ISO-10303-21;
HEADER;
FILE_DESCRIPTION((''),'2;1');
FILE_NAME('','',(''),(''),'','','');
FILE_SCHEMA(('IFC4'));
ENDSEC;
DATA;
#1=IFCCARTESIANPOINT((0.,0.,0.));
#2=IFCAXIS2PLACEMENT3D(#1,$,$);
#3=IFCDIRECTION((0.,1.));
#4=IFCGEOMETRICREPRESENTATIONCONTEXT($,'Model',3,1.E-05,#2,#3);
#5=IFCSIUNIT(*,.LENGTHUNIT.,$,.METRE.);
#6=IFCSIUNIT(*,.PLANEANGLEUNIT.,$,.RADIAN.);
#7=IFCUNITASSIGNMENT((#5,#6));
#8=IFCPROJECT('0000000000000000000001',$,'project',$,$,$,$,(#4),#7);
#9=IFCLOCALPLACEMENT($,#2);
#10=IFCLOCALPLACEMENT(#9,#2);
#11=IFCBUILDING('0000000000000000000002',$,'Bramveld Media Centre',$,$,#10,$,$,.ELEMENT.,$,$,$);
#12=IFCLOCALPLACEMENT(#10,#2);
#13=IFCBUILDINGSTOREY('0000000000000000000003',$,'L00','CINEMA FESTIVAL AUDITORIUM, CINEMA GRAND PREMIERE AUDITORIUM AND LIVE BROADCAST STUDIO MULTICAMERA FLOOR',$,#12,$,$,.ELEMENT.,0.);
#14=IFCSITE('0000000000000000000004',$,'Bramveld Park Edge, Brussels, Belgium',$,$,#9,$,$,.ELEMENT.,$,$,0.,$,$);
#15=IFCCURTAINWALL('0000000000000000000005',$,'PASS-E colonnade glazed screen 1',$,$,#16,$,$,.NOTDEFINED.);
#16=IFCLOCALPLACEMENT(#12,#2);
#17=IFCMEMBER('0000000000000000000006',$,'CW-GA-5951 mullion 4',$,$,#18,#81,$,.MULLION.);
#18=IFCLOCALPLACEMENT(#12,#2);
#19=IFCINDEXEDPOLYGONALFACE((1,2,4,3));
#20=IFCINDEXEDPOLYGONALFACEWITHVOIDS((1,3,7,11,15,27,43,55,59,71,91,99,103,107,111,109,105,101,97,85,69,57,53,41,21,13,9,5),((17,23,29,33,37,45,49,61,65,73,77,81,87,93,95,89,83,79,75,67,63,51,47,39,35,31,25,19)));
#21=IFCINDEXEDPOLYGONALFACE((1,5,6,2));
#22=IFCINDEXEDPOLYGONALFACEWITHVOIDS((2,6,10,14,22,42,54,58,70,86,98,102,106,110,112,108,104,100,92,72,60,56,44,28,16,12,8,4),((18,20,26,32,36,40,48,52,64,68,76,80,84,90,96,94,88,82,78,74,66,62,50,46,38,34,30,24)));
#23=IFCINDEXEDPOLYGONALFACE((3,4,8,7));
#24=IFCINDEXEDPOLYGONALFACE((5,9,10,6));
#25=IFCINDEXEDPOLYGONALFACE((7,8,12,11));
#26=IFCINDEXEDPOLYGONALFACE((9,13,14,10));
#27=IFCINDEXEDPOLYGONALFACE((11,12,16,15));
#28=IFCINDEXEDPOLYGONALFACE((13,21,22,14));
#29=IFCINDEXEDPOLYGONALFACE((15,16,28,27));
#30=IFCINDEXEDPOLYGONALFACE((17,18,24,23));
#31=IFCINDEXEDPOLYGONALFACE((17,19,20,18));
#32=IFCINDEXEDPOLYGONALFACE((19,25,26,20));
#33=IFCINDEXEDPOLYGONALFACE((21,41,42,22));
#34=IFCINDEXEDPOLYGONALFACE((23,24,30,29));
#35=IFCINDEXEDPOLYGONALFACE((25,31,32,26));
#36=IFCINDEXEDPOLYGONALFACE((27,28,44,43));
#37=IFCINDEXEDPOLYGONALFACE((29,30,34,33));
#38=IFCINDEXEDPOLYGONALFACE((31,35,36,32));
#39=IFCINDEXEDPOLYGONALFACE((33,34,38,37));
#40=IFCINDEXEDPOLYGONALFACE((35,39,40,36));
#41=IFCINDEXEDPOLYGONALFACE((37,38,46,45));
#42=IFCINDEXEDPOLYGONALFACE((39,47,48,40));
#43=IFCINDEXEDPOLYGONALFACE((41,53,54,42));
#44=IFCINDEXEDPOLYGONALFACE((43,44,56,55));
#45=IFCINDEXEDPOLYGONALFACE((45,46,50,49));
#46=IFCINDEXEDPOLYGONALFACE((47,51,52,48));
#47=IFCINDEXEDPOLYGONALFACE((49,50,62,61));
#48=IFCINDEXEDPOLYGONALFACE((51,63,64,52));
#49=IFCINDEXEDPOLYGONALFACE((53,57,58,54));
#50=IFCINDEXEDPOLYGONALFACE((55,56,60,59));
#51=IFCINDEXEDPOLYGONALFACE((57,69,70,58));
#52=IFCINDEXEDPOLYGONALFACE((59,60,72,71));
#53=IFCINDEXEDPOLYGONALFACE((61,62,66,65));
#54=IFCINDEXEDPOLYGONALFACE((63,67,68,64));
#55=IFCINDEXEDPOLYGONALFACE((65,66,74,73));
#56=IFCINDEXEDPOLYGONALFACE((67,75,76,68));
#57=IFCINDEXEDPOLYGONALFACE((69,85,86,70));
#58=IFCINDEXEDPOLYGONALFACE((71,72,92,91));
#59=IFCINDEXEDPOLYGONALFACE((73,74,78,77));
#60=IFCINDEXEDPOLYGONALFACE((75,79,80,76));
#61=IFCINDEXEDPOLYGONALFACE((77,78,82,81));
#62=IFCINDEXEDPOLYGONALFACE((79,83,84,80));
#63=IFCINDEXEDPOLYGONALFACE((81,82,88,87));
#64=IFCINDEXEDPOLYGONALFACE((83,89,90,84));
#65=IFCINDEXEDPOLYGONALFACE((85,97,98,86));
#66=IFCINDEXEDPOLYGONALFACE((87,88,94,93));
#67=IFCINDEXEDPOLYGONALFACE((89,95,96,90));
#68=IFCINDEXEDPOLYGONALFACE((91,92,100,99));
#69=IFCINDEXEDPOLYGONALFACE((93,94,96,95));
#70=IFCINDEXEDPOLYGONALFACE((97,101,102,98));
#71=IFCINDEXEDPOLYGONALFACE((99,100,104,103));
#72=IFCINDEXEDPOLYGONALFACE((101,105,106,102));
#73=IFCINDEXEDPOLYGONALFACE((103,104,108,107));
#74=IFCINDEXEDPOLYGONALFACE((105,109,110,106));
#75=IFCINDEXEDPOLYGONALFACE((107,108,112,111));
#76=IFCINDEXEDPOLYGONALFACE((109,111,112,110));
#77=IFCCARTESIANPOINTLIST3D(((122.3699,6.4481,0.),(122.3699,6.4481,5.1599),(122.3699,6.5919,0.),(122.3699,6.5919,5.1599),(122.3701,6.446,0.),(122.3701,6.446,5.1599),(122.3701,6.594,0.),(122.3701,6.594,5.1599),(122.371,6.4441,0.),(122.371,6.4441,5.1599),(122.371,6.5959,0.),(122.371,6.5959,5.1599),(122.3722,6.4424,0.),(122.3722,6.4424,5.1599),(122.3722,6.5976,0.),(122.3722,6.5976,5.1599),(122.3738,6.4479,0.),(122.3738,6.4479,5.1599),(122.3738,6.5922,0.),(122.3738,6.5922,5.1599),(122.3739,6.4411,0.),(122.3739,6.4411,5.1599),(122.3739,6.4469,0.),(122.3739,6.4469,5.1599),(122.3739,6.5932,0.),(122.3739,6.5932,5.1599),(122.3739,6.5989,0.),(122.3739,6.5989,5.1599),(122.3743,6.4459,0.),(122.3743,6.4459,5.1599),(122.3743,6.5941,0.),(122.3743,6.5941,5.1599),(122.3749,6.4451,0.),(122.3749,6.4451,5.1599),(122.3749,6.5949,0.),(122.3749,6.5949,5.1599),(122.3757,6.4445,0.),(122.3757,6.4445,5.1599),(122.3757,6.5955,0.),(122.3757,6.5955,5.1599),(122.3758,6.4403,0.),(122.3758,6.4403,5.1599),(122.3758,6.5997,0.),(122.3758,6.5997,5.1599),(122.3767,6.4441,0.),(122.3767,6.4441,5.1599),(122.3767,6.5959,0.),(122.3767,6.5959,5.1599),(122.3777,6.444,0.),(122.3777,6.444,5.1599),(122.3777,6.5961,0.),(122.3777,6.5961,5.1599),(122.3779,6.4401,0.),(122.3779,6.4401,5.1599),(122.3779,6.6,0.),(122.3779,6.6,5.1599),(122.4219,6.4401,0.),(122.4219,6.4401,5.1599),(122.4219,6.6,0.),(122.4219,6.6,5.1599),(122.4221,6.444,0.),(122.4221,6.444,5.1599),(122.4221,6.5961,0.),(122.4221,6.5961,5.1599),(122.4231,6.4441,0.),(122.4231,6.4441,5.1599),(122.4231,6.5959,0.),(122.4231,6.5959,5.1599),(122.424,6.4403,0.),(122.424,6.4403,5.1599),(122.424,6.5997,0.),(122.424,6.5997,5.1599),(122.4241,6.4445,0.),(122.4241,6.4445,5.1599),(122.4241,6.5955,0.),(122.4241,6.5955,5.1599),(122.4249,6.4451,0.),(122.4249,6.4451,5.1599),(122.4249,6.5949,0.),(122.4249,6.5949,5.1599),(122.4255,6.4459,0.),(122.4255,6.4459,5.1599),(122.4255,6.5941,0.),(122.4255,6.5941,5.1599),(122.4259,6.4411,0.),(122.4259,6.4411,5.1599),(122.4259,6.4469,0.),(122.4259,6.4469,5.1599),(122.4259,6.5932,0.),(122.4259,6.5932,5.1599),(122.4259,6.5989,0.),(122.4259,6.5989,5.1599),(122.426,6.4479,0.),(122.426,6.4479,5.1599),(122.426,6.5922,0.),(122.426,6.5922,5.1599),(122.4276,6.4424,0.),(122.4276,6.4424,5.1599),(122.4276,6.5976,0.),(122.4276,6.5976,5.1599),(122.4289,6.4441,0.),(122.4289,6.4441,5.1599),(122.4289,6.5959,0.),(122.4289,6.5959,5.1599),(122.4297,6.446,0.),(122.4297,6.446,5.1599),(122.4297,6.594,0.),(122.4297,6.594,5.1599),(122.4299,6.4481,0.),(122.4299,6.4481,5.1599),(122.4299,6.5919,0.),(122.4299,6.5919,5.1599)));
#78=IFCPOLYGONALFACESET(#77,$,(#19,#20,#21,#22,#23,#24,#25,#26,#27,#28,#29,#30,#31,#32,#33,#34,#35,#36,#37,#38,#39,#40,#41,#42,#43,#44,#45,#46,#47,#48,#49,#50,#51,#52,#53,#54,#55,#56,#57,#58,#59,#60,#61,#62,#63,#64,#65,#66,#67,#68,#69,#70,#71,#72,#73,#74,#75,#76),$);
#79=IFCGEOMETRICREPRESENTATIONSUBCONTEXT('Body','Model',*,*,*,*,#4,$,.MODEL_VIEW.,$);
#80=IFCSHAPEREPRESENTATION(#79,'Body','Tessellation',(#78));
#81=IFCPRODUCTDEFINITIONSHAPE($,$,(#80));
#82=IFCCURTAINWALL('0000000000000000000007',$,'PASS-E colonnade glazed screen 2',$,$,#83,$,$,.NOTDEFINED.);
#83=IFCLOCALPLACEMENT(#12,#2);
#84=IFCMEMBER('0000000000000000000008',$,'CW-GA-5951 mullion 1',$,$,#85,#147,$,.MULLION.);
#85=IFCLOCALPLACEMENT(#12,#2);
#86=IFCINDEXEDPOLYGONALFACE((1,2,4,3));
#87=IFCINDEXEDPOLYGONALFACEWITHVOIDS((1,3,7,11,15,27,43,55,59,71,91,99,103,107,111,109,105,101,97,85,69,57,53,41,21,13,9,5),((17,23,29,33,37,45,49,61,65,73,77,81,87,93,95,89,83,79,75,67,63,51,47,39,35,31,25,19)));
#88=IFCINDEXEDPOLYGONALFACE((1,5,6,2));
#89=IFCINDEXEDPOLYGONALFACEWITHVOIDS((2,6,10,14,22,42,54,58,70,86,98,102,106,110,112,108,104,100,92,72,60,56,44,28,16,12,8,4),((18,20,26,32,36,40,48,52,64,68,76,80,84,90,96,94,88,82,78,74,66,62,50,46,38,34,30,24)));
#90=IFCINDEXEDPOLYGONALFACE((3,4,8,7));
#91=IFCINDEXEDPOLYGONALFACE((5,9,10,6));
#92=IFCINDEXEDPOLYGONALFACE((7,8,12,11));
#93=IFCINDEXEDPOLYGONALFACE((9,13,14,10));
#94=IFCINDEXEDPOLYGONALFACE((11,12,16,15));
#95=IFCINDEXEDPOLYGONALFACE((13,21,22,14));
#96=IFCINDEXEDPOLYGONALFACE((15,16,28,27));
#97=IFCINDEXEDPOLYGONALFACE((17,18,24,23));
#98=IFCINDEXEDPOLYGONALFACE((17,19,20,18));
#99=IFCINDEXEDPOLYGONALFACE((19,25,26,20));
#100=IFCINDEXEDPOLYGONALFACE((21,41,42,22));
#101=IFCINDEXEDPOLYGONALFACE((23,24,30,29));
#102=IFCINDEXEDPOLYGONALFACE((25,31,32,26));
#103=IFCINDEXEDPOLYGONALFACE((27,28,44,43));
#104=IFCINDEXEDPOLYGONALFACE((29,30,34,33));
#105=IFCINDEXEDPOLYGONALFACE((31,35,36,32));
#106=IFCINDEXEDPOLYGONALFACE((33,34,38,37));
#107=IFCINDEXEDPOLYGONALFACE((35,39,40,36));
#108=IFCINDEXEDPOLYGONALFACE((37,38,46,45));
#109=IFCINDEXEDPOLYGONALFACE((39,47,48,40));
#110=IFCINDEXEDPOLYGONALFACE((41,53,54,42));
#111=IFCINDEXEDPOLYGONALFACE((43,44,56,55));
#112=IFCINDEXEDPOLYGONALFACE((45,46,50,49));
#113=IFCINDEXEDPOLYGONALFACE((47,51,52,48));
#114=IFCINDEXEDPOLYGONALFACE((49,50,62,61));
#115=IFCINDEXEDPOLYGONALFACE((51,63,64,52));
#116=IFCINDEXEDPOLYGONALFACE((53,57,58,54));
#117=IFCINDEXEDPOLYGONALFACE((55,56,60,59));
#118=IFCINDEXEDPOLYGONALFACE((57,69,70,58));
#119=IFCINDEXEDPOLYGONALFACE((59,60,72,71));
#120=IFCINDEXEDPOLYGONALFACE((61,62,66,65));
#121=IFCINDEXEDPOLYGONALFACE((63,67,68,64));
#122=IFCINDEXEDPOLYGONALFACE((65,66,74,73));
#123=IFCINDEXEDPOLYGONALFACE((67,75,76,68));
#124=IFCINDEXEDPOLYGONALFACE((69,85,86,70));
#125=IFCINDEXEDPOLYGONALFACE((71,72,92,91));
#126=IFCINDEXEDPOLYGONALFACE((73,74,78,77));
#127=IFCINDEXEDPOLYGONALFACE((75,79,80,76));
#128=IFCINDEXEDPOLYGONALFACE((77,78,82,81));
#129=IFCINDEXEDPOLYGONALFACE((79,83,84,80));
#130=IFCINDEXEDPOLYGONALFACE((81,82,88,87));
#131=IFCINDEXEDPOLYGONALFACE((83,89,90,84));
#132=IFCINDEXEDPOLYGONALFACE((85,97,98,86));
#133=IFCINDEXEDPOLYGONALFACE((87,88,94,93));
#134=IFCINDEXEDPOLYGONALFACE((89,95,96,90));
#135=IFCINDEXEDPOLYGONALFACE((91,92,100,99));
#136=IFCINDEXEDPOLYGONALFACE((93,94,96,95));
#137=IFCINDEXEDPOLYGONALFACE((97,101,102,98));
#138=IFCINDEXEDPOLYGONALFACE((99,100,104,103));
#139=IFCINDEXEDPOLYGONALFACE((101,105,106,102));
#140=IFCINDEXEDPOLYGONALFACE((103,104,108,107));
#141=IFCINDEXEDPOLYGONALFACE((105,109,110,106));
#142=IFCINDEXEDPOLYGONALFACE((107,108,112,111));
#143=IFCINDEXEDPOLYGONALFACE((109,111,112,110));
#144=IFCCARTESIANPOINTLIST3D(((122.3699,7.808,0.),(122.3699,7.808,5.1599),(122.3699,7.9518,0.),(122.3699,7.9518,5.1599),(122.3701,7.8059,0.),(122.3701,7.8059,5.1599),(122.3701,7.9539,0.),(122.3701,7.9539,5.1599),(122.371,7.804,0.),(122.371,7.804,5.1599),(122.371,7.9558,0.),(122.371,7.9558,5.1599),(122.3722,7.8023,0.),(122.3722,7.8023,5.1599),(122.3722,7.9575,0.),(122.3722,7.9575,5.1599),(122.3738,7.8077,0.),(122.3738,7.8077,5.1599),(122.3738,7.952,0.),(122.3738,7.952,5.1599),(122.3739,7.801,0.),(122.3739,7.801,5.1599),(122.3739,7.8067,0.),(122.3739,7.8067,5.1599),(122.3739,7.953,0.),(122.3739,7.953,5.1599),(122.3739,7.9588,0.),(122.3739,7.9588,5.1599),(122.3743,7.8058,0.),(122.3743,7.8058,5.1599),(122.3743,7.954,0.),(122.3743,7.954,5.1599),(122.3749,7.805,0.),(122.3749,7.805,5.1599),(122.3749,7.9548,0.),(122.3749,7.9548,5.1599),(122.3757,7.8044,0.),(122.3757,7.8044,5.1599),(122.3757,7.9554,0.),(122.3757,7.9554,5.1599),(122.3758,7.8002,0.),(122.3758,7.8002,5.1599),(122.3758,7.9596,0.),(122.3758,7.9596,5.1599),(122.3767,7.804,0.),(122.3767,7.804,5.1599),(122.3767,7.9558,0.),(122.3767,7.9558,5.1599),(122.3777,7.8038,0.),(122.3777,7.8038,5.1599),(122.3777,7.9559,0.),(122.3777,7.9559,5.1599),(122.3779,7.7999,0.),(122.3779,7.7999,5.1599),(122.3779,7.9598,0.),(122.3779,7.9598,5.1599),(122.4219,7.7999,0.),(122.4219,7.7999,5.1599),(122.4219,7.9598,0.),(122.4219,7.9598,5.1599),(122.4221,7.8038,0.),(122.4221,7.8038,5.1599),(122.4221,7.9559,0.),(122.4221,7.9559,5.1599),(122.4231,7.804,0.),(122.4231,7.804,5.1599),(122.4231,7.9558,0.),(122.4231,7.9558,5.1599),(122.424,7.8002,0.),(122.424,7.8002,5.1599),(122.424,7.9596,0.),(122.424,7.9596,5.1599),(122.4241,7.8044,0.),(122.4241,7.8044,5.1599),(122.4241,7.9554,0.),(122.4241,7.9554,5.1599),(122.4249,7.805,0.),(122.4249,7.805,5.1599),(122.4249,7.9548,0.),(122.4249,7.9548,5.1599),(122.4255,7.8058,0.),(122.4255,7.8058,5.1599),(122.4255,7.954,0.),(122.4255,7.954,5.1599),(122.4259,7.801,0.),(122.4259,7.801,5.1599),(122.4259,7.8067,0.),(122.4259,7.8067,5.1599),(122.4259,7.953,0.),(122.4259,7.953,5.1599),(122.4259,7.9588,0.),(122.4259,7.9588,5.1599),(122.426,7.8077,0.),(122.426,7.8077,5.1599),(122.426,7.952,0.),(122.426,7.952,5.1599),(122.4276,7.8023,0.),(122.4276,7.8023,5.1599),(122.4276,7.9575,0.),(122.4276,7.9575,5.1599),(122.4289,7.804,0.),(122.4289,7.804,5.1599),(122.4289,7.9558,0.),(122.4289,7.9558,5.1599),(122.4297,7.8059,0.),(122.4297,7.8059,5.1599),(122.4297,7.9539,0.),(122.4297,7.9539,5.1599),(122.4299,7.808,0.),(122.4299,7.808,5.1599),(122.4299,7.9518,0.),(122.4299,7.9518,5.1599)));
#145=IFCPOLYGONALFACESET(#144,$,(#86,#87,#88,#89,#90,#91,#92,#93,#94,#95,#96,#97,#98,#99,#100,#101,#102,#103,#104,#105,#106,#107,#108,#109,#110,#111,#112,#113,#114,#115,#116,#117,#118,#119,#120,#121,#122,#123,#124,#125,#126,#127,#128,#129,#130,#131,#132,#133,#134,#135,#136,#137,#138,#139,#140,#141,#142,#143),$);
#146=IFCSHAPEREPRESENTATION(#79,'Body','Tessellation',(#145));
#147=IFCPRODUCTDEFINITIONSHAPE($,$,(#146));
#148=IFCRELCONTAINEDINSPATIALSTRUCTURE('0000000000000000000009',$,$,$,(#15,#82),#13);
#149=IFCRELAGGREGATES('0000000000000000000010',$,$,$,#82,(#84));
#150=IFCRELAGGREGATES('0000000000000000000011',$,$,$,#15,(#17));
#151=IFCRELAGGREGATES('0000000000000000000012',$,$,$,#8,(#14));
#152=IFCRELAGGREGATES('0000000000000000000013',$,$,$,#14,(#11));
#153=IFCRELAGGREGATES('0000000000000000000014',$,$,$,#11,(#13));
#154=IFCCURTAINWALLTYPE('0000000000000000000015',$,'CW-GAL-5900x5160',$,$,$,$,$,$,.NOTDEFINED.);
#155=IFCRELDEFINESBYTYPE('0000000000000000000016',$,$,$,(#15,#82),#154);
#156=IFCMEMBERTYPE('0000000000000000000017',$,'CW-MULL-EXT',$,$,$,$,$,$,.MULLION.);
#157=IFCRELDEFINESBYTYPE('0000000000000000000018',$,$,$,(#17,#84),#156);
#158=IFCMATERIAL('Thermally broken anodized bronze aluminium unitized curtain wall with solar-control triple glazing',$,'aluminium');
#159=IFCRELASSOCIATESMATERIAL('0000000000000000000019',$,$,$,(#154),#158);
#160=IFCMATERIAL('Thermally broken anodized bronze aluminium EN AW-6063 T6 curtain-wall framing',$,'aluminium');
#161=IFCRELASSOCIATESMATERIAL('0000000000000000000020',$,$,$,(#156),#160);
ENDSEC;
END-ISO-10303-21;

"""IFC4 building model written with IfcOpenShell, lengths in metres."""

from ifc_helpers import new_model, si_unit, direction, frame, origin, origin_2d, place, context, subcontext, project, spatial, hollow_rectangle, extrude, material, material_profile, profile_set, type_object, element, aggregate, save


model = new_model("IFC4")

# Units and contexts
model_context = context("Model", 3, precision=1e-05, world=origin(), true_north=direction((0.0, 1.0)))
body_context = subcontext(model_context, "Body", "Model", "MODEL_VIEW")
ifc_project = project(units=[si_unit("LENGTHUNIT", "METRE"), si_unit("PLANEANGLEUNIT", "RADIAN")], contexts=[model_context])

# Site, building, storey
site_placement = place(None, origin())
site = spatial("IfcSite", under=ifc_project, at=site_placement, Name="Bramveld Park Edge, Brussels, Belgium", CompositionType="ELEMENT", RefElevation=0.0)
building_placement = place(site_placement, origin())
building = spatial("IfcBuilding", under=site, at=building_placement, Name="Bramveld Media Centre", CompositionType="ELEMENT")
storey_placement = place(building_placement, origin())
storey = spatial("IfcBuildingStorey", under=building, at=storey_placement, Name="L00", Description="CINEMA FESTIVAL AUDITORIUM, CINEMA GRAND PREMIERE AUDITORIUM AND LIVE BROADCAST STUDIO MULTICAMERA FLOOR", CompositionType="ELEMENT", Elevation=0.0)

# Curtain walls, members
ifc_material_1 = material(Name="Thermally broken anodized bronze aluminium unitized curtain wall with solar-control triple glazing", Category="aluminium")
curtain_wall_type = type_object("IfcCurtainWallType", Name="CW-GAL-5900x5160", PredefinedType="NOTDEFINED", material=ifc_material_1)
ifc_material_2 = material(Name="Thermally broken anodized bronze aluminium EN AW-6063 T6 curtain-wall framing", Category="aluminium")
ifc_material_profile_1 = material_profile(ifc_material_2, hollow_rectangle(XDim=0.0601, YDim=0.1599, WallThickness=0.0039, InnerFilletRadius=0.0039, OuterFilletRadius=0.0081, at=origin_2d()), Name="AL-MULL 60x160")
ifc_profile_set_1 = profile_set([ifc_material_profile_1], Name="Thermally broken anodized bronze aluminium EN AW-6063 T6 curtain-wall framing")
member_type_1 = type_object("IfcMemberType", Name="CW-MULL-EXT", PredefinedType="MULLION", material=ifc_profile_set_1)
curtain_wall_1_placement = place(storey_placement, origin())
curtain_wall_1 = element("IfcCurtainWall", 1, at=curtain_wall_1_placement, inside=storey, type_object=curtain_wall_type, Name="PASS-E colonnade glazed screen 1", PredefinedType="NOTDEFINED")
member_1_placement = place(storey_placement, frame((122.3999, 6.52, 0.0), z_axis=(0.0, 0.0, 1.0), x_axis=(-1.0, 0.0, 0.0)))
member_1 = element("IfcMember", 2, at=member_1_placement, type_object=member_type_1, Name="CW-GA-5951 mullion 4", PredefinedType="MULLION", context=body_context, shape_type="SweptSolid", body=[
    extrude(hollow_rectangle(XDim=0.0601, YDim=0.1599, WallThickness=0.0039, InnerFilletRadius=0.0039, OuterFilletRadius=0.0081, at=origin_2d()), origin(), (0.0, 0.0, 1.0), 5.1599),
])
curtain_wall_2_placement = place(storey_placement, origin())
curtain_wall_2 = element("IfcCurtainWall", 3, at=curtain_wall_2_placement, inside=storey, type_object=curtain_wall_type, Name="PASS-E colonnade glazed screen 2", PredefinedType="NOTDEFINED")
member_2_placement = place(storey_placement, frame((122.3999, 7.8799, 0.0), z_axis=(0.0, 0.0, 1.0), x_axis=(-1.0, 0.0, 0.0)))
member_2 = element("IfcMember", 4, at=member_2_placement, type_object=member_type_1, Name="CW-GA-5951 mullion 1", PredefinedType="MULLION", context=body_context, shape_type="SweptSolid", body=[
    extrude(hollow_rectangle(XDim=0.0601, YDim=0.1599, WallThickness=0.0039, InnerFilletRadius=0.0039, OuterFilletRadius=0.0081, at=origin_2d()), origin(), (0.0, 0.0, 1.0), 5.1599),
])

aggregate(curtain_wall_2, [member_2])

aggregate(curtain_wall_1, [member_1])

save(model, "model.ifc")
